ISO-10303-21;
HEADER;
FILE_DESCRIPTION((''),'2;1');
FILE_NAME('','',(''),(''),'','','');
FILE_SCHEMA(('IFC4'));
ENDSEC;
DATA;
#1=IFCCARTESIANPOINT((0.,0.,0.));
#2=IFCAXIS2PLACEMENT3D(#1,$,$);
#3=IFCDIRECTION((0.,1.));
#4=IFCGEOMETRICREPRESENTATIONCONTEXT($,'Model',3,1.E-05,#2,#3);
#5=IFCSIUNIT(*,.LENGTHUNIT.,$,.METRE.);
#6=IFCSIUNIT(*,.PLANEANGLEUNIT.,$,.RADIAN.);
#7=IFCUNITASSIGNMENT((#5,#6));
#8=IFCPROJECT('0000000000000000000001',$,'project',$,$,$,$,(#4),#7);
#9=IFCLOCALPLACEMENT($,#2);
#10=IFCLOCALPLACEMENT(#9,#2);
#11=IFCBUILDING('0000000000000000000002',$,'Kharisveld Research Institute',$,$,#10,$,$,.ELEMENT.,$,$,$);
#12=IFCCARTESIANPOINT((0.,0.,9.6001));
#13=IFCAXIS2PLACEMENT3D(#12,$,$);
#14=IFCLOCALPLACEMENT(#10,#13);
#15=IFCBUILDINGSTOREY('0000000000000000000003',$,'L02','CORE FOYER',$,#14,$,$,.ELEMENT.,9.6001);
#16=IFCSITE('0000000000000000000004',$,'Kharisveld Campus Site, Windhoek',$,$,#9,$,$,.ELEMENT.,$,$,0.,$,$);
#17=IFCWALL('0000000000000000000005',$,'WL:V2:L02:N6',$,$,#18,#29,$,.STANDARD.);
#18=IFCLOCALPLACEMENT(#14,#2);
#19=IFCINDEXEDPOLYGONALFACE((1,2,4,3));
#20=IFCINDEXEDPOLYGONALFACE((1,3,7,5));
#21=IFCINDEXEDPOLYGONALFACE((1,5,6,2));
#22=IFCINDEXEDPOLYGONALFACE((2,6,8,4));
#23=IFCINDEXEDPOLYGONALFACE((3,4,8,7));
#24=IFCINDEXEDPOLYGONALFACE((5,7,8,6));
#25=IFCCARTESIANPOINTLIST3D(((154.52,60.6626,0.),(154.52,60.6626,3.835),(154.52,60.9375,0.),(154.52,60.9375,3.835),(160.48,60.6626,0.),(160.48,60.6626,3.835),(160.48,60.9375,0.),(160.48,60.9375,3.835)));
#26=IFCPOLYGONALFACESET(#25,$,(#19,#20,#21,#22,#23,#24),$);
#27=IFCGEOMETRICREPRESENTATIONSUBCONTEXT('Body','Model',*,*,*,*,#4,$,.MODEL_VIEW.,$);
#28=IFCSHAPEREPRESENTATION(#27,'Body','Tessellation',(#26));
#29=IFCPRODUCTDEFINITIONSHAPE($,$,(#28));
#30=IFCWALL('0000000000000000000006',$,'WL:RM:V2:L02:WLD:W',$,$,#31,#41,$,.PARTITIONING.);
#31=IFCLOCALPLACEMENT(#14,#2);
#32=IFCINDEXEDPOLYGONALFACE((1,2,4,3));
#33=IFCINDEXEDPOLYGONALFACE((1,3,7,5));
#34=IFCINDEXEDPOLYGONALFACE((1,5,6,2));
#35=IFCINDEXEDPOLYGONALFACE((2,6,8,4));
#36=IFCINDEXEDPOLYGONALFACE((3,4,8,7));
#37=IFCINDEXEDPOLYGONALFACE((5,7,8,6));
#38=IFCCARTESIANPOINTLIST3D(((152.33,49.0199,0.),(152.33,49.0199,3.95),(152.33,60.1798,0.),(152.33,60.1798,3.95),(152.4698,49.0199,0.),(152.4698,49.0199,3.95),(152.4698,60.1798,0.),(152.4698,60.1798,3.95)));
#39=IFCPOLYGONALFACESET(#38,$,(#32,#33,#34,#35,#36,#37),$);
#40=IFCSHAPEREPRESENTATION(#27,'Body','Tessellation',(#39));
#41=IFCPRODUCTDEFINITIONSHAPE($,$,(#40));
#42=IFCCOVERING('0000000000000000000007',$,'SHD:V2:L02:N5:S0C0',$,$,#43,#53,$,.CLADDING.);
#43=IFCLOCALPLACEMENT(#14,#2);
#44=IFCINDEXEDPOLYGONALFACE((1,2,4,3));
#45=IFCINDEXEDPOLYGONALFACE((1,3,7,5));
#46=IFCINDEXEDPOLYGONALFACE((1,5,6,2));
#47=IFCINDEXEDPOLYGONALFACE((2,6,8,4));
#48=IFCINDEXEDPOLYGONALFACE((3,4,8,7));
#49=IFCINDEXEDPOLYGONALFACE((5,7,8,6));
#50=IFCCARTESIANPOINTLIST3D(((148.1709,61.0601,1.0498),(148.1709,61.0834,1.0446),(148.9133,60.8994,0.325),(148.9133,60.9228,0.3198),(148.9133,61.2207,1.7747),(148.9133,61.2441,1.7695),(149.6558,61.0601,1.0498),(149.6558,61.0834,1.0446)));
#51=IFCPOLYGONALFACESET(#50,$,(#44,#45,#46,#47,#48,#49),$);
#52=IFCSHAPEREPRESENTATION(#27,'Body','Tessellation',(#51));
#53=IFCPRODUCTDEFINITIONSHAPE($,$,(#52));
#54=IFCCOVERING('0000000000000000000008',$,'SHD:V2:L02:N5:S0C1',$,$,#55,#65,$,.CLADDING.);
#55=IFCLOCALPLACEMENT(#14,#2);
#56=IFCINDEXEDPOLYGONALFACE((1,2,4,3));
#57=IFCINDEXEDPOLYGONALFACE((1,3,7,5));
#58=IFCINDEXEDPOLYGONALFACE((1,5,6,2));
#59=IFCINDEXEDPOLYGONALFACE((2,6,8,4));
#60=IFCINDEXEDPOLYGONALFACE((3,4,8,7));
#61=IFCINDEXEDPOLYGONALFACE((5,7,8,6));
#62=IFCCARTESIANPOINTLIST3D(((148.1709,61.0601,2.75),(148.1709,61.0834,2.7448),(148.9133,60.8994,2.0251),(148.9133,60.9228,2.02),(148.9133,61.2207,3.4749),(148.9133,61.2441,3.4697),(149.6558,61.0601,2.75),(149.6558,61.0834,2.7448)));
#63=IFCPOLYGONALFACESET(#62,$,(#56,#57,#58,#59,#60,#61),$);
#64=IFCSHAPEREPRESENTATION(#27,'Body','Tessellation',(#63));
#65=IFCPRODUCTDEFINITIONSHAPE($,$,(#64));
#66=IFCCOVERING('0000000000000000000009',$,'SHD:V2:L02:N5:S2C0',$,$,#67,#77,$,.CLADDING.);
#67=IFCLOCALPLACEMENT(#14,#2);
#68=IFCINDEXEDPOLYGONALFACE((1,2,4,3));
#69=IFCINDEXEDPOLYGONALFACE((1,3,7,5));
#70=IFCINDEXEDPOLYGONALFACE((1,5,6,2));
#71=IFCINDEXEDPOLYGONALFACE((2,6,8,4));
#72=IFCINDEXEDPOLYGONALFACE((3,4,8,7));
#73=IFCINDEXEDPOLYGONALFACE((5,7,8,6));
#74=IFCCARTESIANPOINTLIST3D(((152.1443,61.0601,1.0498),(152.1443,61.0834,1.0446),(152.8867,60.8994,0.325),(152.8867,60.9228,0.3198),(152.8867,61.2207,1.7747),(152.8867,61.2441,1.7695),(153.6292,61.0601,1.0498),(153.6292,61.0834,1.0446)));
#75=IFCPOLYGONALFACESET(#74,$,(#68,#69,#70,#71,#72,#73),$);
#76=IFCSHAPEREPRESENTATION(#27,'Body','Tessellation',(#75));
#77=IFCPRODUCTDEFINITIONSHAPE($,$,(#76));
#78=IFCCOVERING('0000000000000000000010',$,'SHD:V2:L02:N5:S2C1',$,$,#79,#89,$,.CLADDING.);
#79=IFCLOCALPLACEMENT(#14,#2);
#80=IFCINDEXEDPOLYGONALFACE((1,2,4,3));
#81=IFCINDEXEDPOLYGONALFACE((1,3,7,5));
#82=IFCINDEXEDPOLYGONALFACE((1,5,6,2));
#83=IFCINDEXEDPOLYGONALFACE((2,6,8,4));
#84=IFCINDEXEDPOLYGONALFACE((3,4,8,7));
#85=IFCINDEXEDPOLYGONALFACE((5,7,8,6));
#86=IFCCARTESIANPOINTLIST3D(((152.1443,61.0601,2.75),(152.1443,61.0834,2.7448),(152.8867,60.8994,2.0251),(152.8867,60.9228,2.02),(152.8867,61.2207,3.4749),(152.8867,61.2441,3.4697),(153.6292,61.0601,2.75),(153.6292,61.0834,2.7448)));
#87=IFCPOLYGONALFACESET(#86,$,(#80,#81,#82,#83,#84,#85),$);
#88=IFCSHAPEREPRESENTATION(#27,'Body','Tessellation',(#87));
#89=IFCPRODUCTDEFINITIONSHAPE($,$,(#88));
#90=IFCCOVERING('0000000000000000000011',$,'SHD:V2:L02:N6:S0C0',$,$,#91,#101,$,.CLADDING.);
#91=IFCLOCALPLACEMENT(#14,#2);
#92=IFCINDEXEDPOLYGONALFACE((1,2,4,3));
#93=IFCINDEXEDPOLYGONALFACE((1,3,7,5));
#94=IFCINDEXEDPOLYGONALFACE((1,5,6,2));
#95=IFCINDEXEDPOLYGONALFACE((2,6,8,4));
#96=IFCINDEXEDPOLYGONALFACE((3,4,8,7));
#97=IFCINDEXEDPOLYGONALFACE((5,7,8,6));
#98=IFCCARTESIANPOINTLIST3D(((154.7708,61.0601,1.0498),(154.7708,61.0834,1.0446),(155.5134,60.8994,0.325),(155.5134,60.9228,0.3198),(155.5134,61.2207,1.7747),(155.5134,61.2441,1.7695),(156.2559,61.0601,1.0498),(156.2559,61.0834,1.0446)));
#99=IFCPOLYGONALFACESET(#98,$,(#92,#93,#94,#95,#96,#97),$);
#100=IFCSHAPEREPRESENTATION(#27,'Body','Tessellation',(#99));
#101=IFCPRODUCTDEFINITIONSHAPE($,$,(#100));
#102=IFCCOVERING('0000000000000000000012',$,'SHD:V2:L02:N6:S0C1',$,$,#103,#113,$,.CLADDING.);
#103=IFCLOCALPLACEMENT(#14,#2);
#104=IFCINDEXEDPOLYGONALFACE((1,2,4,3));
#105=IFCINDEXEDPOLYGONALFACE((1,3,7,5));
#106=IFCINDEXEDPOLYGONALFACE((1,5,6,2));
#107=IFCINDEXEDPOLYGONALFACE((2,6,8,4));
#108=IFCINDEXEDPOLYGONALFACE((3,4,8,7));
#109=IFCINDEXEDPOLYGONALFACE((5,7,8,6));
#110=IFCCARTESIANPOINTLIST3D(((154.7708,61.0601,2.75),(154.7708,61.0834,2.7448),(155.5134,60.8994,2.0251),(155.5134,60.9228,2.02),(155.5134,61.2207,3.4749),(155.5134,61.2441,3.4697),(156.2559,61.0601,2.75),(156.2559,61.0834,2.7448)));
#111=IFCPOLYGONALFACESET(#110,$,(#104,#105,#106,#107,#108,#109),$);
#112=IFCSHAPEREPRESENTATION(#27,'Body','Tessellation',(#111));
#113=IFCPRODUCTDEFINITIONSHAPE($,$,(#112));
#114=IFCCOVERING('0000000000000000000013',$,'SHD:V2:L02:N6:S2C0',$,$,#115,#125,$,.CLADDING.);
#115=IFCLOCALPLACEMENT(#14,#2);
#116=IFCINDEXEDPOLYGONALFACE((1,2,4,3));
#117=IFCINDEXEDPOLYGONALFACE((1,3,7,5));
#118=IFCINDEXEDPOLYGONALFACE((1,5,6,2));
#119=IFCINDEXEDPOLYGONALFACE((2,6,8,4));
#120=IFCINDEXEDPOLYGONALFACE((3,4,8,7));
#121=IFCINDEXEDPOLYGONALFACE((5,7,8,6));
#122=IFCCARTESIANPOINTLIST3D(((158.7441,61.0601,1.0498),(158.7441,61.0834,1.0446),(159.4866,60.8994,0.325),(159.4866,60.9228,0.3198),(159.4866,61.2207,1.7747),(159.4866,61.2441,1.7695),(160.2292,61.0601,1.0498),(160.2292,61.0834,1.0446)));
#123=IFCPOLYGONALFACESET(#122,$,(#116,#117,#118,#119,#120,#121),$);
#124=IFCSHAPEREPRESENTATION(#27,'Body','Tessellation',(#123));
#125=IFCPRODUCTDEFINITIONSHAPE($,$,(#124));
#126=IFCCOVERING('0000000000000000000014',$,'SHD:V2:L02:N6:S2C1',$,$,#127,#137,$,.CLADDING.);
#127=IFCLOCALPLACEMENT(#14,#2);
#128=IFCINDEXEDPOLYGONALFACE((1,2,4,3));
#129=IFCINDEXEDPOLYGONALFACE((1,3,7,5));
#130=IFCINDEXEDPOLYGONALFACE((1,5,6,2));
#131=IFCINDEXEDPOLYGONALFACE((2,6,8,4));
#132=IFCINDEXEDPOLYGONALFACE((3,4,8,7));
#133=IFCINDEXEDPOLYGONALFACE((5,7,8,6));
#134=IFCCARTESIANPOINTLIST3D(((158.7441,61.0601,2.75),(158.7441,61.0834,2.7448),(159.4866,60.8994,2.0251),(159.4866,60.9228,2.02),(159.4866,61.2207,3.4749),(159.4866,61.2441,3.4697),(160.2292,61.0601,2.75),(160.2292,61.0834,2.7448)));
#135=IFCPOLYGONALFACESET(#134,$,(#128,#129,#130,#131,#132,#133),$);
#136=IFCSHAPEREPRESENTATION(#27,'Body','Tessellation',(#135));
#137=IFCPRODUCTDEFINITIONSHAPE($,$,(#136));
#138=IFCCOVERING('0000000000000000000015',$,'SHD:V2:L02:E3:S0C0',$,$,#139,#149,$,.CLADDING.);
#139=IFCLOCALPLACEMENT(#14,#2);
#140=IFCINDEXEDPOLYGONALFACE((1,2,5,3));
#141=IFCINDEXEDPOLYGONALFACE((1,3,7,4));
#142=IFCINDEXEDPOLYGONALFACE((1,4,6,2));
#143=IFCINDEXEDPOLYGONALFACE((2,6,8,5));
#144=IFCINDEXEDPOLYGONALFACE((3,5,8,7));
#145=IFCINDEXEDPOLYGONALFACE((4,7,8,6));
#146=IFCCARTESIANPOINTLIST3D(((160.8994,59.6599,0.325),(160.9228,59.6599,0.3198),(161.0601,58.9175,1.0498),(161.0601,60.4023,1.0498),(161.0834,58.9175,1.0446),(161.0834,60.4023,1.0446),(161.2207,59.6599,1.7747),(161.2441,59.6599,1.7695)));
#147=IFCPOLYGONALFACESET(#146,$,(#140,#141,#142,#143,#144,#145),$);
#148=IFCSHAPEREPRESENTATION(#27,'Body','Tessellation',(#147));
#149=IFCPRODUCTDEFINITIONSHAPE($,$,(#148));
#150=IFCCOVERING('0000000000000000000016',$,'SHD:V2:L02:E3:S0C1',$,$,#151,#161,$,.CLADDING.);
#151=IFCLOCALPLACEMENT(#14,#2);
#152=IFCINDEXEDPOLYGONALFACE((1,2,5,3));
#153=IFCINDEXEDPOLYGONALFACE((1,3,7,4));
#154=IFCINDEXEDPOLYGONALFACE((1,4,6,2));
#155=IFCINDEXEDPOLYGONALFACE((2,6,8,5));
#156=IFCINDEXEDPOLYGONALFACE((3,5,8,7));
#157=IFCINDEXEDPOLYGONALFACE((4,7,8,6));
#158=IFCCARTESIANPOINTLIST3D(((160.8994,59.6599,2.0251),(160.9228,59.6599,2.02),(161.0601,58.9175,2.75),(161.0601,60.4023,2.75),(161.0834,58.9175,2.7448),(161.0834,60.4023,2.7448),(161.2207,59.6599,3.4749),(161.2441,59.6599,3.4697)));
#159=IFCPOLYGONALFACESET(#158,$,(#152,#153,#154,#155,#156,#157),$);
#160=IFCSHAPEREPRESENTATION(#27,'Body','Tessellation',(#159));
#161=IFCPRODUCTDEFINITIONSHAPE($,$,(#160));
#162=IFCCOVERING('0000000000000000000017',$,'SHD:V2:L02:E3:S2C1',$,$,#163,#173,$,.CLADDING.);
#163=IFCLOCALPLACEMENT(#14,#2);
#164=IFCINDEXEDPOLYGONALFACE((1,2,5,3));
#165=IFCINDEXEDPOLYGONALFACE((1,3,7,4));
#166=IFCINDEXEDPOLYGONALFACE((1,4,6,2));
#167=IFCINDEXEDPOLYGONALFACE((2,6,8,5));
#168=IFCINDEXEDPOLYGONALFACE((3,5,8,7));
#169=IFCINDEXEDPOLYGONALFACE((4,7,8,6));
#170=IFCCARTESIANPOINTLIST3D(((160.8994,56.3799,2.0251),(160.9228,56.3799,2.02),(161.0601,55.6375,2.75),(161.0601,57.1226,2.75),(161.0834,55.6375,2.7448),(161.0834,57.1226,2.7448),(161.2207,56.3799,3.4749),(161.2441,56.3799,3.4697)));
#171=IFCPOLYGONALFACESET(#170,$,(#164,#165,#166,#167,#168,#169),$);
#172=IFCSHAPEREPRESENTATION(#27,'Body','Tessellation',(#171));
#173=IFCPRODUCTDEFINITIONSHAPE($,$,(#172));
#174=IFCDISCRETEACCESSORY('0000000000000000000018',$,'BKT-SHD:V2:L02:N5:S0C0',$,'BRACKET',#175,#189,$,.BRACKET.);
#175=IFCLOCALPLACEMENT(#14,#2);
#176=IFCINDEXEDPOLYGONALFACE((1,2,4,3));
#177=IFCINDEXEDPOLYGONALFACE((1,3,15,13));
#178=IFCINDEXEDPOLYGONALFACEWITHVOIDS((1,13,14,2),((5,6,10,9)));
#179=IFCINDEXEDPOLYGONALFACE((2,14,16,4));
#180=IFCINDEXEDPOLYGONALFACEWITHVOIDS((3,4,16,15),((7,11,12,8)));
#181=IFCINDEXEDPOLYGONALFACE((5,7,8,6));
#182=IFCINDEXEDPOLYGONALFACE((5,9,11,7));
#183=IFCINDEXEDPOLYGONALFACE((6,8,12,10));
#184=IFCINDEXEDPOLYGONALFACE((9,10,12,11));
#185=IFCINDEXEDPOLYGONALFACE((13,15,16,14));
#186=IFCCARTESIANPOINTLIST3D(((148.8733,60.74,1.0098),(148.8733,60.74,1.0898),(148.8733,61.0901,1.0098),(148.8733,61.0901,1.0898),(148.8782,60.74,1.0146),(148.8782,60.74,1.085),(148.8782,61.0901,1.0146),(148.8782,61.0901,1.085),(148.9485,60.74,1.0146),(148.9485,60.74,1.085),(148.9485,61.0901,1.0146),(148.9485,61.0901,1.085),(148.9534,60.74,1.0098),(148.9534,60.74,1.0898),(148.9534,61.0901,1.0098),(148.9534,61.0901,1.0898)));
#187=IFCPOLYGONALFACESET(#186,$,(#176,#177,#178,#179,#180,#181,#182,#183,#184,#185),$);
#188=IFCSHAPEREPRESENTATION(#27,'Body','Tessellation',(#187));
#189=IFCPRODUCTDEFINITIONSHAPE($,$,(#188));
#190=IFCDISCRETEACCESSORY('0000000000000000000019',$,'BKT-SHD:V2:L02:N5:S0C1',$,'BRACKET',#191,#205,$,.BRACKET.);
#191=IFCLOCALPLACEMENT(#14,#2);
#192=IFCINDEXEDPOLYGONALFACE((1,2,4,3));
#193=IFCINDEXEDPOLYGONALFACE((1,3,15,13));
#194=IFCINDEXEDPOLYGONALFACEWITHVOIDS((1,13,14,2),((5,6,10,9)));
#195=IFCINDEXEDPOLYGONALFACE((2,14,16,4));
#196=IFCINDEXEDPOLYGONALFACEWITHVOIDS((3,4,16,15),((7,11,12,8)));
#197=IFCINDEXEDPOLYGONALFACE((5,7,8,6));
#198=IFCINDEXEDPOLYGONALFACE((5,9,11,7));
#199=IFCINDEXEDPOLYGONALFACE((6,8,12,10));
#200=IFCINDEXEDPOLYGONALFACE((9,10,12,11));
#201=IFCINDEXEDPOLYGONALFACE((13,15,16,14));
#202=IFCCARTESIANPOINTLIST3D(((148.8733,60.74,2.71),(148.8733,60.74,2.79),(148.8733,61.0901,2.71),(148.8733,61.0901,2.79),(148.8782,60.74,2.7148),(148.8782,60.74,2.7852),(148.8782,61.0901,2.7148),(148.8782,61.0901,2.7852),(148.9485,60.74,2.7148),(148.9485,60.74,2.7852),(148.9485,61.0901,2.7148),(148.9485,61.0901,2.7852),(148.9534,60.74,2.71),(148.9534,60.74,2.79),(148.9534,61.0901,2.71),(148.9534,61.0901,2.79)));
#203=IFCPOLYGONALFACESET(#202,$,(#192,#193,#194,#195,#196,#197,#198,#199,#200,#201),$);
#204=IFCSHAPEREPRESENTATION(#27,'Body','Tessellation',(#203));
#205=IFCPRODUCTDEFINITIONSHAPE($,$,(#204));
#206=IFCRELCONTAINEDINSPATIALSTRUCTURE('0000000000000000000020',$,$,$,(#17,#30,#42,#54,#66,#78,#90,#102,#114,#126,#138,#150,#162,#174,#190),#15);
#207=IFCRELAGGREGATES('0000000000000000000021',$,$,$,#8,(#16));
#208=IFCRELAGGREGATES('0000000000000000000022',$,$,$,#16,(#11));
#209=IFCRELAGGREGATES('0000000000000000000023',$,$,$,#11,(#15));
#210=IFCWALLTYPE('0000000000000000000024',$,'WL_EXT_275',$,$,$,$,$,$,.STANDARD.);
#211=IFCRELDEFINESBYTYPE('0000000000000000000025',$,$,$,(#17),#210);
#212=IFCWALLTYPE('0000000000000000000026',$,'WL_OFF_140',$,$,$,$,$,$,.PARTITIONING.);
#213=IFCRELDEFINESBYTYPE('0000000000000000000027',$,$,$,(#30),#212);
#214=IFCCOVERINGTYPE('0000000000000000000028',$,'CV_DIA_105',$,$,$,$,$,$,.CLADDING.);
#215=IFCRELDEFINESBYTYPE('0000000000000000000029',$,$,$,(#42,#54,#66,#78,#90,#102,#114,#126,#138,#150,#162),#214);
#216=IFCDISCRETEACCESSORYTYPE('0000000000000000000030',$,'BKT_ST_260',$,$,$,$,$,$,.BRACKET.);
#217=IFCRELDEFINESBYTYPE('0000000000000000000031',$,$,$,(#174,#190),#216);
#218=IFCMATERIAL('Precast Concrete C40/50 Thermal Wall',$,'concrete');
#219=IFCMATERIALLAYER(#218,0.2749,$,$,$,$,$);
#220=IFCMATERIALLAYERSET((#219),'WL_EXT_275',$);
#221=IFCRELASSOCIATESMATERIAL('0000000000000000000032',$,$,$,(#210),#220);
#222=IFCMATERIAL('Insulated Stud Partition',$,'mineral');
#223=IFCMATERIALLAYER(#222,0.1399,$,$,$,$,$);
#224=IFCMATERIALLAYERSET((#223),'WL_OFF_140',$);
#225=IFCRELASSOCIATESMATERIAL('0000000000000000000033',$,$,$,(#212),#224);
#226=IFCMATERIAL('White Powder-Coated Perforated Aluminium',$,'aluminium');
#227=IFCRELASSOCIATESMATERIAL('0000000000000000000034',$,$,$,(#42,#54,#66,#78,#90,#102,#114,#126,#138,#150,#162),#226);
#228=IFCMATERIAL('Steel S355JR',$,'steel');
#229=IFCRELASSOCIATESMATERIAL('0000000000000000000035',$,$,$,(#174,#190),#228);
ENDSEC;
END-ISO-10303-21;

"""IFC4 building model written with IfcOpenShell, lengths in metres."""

from ifc_helpers import new_model, si_unit, direction, frame, frame_2d, origin, origin_2d, place, context, subcontext, project, spatial, polyline, rectangle, hollow_rectangle, outline, extrude, material, layer, layer_set, type_object, element, save


model = new_model("IFC4")

# Units and contexts
model_context = context("Model", 3, precision=1e-05, world=origin(), true_north=direction((0.0, 1.0)))
body_context = subcontext(model_context, "Body", "Model", "MODEL_VIEW")
ifc_project = project(units=[si_unit("LENGTHUNIT", "METRE"), si_unit("PLANEANGLEUNIT", "RADIAN")], contexts=[model_context])

# Site, building, storey
site_placement = place(None, origin())
site = spatial("IfcSite", under=ifc_project, at=site_placement, Name="Kharisveld Campus Site, Windhoek", CompositionType="ELEMENT", RefElevation=0.0)
building_placement = place(site_placement, origin())
building = spatial("IfcBuilding", under=site, at=building_placement, Name="Kharisveld Research Institute", CompositionType="ELEMENT")
storey_placement = place(building_placement, frame((0.0, 0.0, 9.6001)))
storey = spatial("IfcBuildingStorey", under=building, at=storey_placement, Name="L02", Description="CORE FOYER", CompositionType="ELEMENT", Elevation=9.6001)

# Walls
ifc_material_1 = material(Name="Precast Concrete C40/50 Thermal Wall", Category="concrete")
ifc_layer_1 = layer(ifc_material_1, 0.2749)
ifc_layer_set_1 = layer_set([ifc_layer_1], Name="WL_EXT_275")
wall_type_1 = type_object("IfcWallType", Name="WL_EXT_275", PredefinedType="STANDARD", material=ifc_layer_set_1)
wall_1_placement = place(storey_placement, frame((154.52, 60.8, 0.0), z_axis=(0.0, 0.0, 1.0), x_axis=(1.0, 0.0, 0.0)))
element("IfcWall", 1, at=wall_1_placement, inside=storey, type_object=wall_type_1, Name="WL:V2:L02:N6", PredefinedType="STANDARD", context=body_context, shape_type="SweptSolid", body=[
    extrude(rectangle(XDim=5.96, YDim=0.2749, at=frame_2d((2.98, 0.0))), origin(), (0.0, 0.0, 1.0), 3.835),
])
ifc_material_2 = material(Name="Insulated Stud Partition", Category="mineral")
ifc_layer_2 = layer(ifc_material_2, 0.1399)
ifc_layer_set_2 = layer_set([ifc_layer_2], Name="WL_OFF_140")
wall_type_2 = type_object("IfcWallType", Name="WL_OFF_140", PredefinedType="PARTITIONING", material=ifc_layer_set_2)
wall_2_placement = place(storey_placement, frame((152.3999, 60.1799, 0.0), z_axis=(0.0, 0.0, 1.0), x_axis=(0.0, -1.0, 0.0)))
element("IfcWall", 2, at=wall_2_placement, inside=storey, type_object=wall_type_2, Name="WL:RM:V2:L02:WLD:W", PredefinedType="PARTITIONING", context=body_context, shape_type="SweptSolid", body=[
    extrude(rectangle(XDim=11.1599, YDim=0.1399, at=frame_2d((5.5801, 0.0))), origin(), (0.0, 0.0, 1.0), 3.95),
])

# Coverings
ifc_material_3 = material(Name="White Powder-Coated Perforated Aluminium", Category="aluminium")
covering_type = type_object("IfcCoveringType", Name="CV_DIA_105", PredefinedType="CLADDING")
for number, where, z_axis, x_axis, name in (
    (3, (148.9133, 60.8994, 0.325), (0.0, -0.976311, 0.216373), (0.707102, 0.153, 0.69036), "SHD:V2:L02:N5:S0C0"),
    (4, (148.9133, 60.8994, 2.0251), (0.0, -0.976311, 0.216373), (0.707102, 0.153, 0.69036), "SHD:V2:L02:N5:S0C1"),
    (5, (152.8867, 60.8994, 0.325), (0.0, -0.976311, 0.216373), (0.707102, 0.153, 0.69036), "SHD:V2:L02:N5:S2C0"),
    (6, (152.8867, 60.8994, 2.0251), (0.0, -0.976311, 0.216373), (0.707102, 0.153, 0.69036), "SHD:V2:L02:N5:S2C1"),
):
    element("IfcCovering", number, at=place(storey_placement, frame(where, z_axis=z_axis, x_axis=x_axis)), inside=storey, type_object=covering_type, material=ifc_material_3, Name=name, PredefinedType="CLADDING", context=body_context, shape_type="SweptSolid", body=[
        extrude(outline(polyline([(0.0, 0.0), (1.05, 0.0), (1.05, 1.05), (0.0, 1.05), (0.0, 0.0)])), origin(), (0.0, 0.0, -1.0), 0.0239),
    ])
for number, where, z_axis, x_axis, name in (
    (7, (155.5134, 60.8994, 0.325), (0.0, -0.976311, 0.216373), (0.707102, 0.153, 0.69036), "SHD:V2:L02:N6:S0C0"),
    (8, (155.5134, 60.8994, 2.0251), (0.0, -0.976311, 0.216373), (0.707102, 0.153, 0.69036), "SHD:V2:L02:N6:S0C1"),
):
    element("IfcCovering", number, at=place(storey_placement, frame(where, z_axis=z_axis, x_axis=x_axis)), inside=storey, type_object=covering_type, material=ifc_material_3, Name=name, PredefinedType="CLADDING", context=body_context, shape_type="SweptSolid", body=[
        extrude(outline(polyline([(0.0, 0.0), (1.05, 0.0), (1.05, 1.05), (-0.0002, 1.0501), (0.0, 0.0)])), origin(), (0.0, 0.0, -1.0), 0.0239),
    ])
for number, where, z_axis, x_axis, name in (
    (9, (159.4866, 60.8994, 0.325), (0.0, -0.976311, 0.216373), (0.707218, 0.152975, 0.690247), "SHD:V2:L02:N6:S2C0"),
    (10, (159.4866, 60.8994, 2.0251), (0.0, -0.976311, 0.216373), (0.707218, 0.152975, 0.690247), "SHD:V2:L02:N6:S2C1"),
):
    element("IfcCovering", number, at=place(storey_placement, frame(where, z_axis=z_axis, x_axis=x_axis)), inside=storey, type_object=covering_type, material=ifc_material_3, Name=name, PredefinedType="CLADDING", context=body_context, shape_type="SweptSolid", body=[
        extrude(outline(polyline([(0.0, 0.0), (1.0501, 0.0), (1.0498, 1.0501), (-0.0002, 1.05), (0.0, 0.0)])), origin(), (0.0, 0.0, -1.0), 0.0239),
    ])
for number, where, z_axis, x_axis, name in (
    (11, (160.8994, 59.6599, 0.325), (-0.976311, 0.0, 0.216373), (0.153, -0.707102, 0.69036), "SHD:V2:L02:E3:S0C0"),
    (12, (160.8994, 59.6599, 2.0251), (-0.976311, 0.0, 0.216373), (0.153, -0.707102, 0.69036), "SHD:V2:L02:E3:S0C1"),
):
    element("IfcCovering", number, at=place(storey_placement, frame(where, z_axis=z_axis, x_axis=x_axis)), inside=storey, type_object=covering_type, material=ifc_material_3, Name=name, PredefinedType="CLADDING", context=body_context, shape_type="SweptSolid", body=[
        extrude(outline(polyline([(0.0, 0.0), (1.05, 0.0), (1.05, 1.05), (0.0, 1.05), (0.0, 0.0)])), origin(), (0.0, 0.0, -1.0), 0.0239),
    ])
covering_placement = place(storey_placement, frame((160.8994, 56.3799, 2.0251), z_axis=(-0.976311, 0.0, 0.216373), x_axis=(0.153, -0.707102, 0.69036)))
element("IfcCovering", 13, at=covering_placement, inside=storey, type_object=covering_type, material=ifc_material_3, Name="SHD:V2:L02:E3:S2C1", PredefinedType="CLADDING", context=body_context, shape_type="SweptSolid", body=[
    extrude(outline(polyline([(0.0, 0.0), (1.05, 0.0), (1.05, 1.05), (-0.0002, 1.0501), (0.0, 0.0)])), origin(), (0.0, 0.0, -1.0), 0.0239),
])

# Discrete accessories
ifc_material_4 = material(Name="Steel S355JR", Category="steel")
discrete_accessory_type = type_object("IfcDiscreteAccessoryType", Name="BKT_ST_260", PredefinedType="BRACKET")
for number, where, z_axis, x_axis, name in (
    (14, (148.9133, 60.74, 1.0498), (0.0, 1.0, 0.0), (-1.0, 0.0, 0.0), "BKT-SHD:V2:L02:N5:S0C0"),
    (15, (148.9133, 60.74, 2.75), (0.0, 1.0, 0.0), (-1.0, 0.0, 0.0), "BKT-SHD:V2:L02:N5:S0C1"),
):
    element("IfcDiscreteAccessory", number, at=place(storey_placement, frame(where, z_axis=z_axis, x_axis=x_axis)), inside=storey, type_object=discrete_accessory_type, material=ifc_material_4, Name=name, ObjectType="BRACKET", PredefinedType="BRACKET", context=body_context, shape_type="SweptSolid", body=[
        extrude(hollow_rectangle(XDim=0.0801, YDim=0.0801, WallThickness=0.0049, at=origin_2d()), origin(), (0.0, 0.0, 1.0), 0.3501),
    ])

save(model, "model.ifc")
